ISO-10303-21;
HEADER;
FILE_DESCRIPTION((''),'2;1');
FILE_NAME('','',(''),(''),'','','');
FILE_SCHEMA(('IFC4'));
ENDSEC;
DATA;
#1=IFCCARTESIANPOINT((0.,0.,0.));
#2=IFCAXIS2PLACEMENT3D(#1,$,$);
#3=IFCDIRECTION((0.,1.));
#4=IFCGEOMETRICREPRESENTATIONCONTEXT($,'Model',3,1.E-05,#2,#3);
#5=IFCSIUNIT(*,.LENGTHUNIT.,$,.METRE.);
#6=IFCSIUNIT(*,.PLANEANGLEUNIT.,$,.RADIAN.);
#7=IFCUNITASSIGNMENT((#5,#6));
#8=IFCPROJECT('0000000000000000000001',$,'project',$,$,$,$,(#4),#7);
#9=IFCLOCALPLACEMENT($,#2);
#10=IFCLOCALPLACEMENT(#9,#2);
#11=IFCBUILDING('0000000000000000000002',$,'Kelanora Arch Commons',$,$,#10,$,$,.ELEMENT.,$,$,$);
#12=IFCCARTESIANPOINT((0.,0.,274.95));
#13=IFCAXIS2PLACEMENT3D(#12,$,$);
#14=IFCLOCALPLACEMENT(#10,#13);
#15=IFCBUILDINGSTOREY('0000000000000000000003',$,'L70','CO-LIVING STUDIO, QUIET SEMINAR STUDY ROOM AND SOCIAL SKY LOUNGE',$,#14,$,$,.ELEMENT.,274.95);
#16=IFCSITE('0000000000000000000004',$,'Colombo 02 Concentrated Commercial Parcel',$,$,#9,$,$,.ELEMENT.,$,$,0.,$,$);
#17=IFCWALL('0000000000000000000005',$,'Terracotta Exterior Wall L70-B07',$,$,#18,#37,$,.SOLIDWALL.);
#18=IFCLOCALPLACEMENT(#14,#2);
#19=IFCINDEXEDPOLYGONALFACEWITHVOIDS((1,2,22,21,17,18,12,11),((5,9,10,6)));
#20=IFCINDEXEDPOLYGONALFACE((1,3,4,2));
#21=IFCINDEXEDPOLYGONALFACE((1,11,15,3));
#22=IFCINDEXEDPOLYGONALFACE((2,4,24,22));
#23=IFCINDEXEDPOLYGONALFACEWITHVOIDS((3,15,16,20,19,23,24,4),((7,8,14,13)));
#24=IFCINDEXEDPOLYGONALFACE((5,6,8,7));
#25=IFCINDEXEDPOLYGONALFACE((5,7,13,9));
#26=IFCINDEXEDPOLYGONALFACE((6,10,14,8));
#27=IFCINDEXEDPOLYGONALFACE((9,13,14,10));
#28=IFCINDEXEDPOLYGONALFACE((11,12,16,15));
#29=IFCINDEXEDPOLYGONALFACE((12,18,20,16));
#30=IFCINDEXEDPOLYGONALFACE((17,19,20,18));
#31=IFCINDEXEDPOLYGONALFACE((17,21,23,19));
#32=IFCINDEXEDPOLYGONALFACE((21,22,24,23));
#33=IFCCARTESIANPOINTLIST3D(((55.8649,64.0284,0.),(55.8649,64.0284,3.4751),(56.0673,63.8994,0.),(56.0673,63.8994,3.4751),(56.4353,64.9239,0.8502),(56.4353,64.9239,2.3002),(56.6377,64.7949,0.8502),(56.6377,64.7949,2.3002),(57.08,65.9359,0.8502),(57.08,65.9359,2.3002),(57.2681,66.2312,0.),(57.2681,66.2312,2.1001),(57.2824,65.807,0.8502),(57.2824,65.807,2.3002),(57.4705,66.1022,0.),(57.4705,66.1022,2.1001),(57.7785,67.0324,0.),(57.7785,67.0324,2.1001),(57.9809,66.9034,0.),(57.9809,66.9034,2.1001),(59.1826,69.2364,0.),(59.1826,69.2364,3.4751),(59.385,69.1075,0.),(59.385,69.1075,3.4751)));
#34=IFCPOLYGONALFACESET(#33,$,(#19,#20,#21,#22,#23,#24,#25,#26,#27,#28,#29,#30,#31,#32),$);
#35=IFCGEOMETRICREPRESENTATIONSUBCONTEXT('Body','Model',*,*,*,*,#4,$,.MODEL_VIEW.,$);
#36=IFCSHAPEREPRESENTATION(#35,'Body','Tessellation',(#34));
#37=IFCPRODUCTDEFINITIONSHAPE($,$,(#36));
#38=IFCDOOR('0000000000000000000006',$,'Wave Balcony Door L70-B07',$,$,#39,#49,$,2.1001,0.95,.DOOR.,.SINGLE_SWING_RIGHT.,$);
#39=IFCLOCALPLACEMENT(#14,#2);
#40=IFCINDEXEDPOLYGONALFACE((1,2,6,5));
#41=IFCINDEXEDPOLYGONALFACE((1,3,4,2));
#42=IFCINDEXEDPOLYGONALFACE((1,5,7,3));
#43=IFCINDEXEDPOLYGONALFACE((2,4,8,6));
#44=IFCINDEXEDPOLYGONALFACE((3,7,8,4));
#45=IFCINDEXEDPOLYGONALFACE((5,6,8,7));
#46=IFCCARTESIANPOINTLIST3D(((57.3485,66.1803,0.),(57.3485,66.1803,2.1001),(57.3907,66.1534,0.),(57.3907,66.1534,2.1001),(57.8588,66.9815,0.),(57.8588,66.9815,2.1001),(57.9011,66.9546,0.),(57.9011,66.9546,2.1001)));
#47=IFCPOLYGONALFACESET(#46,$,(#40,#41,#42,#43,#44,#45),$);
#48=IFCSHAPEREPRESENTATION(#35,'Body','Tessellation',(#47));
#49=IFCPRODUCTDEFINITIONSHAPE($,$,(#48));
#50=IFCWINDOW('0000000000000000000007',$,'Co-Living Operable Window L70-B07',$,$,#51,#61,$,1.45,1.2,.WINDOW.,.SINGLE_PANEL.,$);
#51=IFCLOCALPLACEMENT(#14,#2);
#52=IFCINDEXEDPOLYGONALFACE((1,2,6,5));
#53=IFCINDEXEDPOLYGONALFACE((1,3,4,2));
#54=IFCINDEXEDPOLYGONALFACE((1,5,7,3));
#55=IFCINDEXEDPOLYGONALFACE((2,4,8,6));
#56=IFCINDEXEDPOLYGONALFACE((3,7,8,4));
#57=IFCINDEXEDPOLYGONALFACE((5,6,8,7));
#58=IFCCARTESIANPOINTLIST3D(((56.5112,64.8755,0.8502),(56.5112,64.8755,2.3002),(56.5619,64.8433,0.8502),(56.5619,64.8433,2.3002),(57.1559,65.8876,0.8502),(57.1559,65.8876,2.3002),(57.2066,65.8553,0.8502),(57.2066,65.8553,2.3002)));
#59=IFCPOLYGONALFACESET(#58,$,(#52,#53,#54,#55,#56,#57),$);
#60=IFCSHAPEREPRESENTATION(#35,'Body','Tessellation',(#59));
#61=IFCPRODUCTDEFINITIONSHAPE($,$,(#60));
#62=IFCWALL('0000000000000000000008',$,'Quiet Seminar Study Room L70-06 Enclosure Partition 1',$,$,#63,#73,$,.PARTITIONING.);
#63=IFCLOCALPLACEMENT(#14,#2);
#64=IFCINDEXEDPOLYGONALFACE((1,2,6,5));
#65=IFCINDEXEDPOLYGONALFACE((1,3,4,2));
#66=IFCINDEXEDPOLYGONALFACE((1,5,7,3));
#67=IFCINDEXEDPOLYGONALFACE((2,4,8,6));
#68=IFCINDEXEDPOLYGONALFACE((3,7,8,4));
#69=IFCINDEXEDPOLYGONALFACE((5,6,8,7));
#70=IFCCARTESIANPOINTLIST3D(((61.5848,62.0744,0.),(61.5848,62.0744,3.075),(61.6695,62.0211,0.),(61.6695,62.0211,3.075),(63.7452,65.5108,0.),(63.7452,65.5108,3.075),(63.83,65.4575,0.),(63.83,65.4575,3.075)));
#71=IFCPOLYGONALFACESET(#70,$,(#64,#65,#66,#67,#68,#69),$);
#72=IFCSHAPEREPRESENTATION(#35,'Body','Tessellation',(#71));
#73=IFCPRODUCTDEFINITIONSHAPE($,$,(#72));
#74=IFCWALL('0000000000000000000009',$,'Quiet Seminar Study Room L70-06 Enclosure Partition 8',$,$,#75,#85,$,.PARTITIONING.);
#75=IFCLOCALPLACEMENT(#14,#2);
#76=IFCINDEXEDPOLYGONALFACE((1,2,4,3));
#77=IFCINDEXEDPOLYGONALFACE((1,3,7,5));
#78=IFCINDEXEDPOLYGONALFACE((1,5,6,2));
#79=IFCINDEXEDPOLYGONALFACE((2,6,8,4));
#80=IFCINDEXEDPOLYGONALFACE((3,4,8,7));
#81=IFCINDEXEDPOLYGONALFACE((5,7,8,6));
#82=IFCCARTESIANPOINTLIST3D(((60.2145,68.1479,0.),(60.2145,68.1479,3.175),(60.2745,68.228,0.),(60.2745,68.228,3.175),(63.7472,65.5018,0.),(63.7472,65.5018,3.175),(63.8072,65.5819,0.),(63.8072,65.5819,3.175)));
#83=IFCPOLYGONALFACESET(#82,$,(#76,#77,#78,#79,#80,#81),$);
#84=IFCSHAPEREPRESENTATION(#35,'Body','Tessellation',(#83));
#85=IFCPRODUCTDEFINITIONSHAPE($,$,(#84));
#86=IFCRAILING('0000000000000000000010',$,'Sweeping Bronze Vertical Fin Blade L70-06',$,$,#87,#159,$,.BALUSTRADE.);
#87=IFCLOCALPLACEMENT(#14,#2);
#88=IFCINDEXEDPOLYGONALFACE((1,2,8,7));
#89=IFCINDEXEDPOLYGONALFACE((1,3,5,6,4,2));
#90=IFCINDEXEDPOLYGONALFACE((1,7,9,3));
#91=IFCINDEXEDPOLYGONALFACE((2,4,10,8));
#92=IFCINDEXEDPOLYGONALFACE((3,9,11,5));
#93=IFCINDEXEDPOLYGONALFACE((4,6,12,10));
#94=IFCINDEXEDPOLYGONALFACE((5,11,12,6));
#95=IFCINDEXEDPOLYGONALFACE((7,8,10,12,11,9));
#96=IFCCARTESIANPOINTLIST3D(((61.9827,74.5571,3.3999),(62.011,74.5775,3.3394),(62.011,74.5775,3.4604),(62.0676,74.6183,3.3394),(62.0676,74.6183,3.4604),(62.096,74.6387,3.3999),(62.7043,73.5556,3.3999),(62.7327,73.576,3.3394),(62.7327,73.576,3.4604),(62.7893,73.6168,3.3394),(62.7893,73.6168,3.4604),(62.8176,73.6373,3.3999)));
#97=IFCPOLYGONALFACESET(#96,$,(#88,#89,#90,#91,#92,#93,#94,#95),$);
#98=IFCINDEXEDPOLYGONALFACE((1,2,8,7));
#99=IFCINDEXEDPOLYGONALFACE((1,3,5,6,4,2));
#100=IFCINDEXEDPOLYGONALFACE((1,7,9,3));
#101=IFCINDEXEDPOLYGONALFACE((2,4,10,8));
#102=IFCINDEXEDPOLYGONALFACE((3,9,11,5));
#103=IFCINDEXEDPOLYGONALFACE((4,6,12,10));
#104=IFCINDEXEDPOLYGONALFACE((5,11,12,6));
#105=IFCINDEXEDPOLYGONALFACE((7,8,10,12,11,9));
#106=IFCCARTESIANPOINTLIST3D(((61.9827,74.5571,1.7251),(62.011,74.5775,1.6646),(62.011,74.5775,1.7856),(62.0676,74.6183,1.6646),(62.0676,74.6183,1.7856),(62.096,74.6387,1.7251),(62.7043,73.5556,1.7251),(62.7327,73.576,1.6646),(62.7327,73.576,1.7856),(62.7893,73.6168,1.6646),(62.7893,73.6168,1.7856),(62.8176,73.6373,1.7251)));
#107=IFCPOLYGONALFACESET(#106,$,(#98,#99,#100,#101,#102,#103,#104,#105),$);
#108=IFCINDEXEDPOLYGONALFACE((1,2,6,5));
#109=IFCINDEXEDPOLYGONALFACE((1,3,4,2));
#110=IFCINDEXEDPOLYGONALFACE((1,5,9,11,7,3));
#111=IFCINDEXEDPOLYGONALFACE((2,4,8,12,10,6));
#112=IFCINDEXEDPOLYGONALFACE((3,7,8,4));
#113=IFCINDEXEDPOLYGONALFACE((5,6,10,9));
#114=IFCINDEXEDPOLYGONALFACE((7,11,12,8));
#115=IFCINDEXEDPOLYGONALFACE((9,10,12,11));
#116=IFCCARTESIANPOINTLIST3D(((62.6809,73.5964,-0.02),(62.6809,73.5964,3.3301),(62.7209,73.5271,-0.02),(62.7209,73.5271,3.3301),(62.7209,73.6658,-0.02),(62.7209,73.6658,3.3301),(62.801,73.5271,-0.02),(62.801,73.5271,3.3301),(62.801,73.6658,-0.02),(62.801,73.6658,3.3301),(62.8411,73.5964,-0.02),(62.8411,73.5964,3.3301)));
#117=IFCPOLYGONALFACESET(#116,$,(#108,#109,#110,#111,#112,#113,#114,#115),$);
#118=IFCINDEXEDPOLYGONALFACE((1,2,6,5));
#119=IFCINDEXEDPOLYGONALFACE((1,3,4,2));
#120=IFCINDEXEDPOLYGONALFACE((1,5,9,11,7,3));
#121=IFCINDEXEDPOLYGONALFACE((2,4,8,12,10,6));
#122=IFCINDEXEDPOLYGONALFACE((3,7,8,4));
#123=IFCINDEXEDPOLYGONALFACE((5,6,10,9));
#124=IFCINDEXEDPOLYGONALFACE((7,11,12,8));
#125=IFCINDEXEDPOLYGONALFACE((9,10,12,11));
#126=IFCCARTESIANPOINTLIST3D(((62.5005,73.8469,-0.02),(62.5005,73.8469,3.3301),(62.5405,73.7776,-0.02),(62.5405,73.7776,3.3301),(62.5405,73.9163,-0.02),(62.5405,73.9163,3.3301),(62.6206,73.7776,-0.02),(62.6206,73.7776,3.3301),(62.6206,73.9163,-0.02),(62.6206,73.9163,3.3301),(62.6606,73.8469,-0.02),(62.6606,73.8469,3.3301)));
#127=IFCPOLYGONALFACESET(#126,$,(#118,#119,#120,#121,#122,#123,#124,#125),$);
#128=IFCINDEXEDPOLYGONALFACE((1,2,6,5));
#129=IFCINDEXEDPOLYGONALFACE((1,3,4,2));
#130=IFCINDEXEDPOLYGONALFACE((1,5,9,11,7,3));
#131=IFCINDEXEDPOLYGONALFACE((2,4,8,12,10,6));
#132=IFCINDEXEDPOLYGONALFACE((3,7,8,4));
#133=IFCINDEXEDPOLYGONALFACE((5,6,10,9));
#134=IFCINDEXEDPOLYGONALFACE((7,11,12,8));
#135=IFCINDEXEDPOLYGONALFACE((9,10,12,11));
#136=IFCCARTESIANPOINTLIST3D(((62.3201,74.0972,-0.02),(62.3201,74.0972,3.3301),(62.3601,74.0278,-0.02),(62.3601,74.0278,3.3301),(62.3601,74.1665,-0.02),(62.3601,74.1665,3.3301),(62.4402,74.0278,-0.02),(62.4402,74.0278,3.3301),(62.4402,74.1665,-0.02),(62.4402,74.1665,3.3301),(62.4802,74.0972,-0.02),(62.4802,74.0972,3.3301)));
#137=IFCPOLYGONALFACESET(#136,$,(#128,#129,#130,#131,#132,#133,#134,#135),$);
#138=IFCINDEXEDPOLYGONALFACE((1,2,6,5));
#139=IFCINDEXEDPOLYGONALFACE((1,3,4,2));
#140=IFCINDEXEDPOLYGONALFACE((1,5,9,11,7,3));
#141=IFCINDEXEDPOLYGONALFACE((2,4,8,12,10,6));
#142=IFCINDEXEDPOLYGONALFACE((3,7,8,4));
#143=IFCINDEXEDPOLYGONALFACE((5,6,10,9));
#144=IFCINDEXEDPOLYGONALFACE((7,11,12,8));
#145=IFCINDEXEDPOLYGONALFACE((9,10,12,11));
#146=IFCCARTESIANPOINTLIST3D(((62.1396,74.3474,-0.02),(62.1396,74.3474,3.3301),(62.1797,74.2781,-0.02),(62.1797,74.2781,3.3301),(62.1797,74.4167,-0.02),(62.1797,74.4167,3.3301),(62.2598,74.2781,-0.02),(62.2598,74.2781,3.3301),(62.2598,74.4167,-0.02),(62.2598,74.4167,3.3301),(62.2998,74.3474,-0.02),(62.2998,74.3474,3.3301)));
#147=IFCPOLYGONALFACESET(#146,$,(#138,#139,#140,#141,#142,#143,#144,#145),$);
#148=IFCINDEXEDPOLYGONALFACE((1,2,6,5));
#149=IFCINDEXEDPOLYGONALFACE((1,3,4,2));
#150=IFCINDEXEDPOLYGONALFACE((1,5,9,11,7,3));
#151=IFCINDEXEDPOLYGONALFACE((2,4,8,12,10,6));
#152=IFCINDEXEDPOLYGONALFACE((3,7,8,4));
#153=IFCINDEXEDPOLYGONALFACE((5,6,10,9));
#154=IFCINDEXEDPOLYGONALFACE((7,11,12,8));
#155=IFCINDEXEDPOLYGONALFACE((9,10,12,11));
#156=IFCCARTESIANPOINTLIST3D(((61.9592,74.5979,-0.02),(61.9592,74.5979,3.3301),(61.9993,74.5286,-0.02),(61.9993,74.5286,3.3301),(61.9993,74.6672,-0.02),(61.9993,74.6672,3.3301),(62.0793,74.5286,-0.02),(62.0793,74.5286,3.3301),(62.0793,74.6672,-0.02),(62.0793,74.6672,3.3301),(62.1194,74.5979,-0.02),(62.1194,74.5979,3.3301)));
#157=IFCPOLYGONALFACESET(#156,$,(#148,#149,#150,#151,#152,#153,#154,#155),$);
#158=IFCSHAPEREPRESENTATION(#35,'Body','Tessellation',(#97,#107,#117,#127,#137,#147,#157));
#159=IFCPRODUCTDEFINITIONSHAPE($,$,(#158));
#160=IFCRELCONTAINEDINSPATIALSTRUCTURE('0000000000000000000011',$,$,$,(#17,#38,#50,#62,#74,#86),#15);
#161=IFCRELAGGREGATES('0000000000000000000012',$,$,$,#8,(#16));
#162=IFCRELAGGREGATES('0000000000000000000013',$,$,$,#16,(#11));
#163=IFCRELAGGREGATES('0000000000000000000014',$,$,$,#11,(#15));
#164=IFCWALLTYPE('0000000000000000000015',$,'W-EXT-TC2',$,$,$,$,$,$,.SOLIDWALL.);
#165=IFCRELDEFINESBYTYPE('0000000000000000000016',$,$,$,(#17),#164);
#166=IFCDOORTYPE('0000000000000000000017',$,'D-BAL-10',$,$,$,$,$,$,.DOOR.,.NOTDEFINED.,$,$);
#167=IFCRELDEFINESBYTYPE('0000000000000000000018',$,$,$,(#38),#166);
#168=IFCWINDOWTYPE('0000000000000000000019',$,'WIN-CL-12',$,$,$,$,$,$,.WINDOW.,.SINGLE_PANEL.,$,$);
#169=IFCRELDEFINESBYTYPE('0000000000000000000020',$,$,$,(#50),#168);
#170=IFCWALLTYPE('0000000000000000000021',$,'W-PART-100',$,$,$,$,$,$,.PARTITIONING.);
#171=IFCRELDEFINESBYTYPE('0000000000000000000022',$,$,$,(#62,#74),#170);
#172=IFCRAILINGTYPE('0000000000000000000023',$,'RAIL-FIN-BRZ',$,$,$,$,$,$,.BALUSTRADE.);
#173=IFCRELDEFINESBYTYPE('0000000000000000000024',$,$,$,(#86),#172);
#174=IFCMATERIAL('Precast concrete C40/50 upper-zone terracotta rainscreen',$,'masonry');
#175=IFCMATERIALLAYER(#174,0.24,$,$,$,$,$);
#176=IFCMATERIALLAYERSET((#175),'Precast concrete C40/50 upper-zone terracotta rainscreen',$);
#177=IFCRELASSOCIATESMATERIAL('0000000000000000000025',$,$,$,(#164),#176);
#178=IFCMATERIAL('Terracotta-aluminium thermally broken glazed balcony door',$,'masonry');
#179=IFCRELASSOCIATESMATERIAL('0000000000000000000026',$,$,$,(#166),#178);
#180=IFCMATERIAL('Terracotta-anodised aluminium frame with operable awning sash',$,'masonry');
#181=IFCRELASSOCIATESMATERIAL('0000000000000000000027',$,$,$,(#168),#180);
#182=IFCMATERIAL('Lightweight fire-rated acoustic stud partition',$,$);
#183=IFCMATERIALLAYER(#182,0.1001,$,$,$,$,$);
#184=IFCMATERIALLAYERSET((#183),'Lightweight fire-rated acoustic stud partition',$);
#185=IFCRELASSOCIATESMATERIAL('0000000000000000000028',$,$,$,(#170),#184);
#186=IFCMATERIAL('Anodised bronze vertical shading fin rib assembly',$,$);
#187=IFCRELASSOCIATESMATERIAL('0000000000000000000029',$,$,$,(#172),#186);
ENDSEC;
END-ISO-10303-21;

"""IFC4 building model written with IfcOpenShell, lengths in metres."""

from ifc_helpers import new_model, si_unit, direction, frame, frame_2d, origin, place, context, subcontext, project, spatial, polyline, rectangle, outline, extrude, material, layer, layer_set, type_object, element, fill, save


model = new_model("IFC4")

# Units and contexts
model_context = context("Model", 3, precision=1e-05, world=origin(), true_north=direction((0.0, 1.0)))
body_context = subcontext(model_context, "Body", "Model", "MODEL_VIEW")
ifc_project = project(units=[si_unit("LENGTHUNIT", "METRE"), si_unit("PLANEANGLEUNIT", "RADIAN")], contexts=[model_context])

# Site, building, storey
site_placement = place(None, origin())
site = spatial("IfcSite", under=ifc_project, at=site_placement, Name="Colombo 02 Concentrated Commercial Parcel", CompositionType="ELEMENT", RefElevation=0.0)
building_placement = place(site_placement, origin())
building = spatial("IfcBuilding", under=site, at=building_placement, Name="Kelanora Arch Commons", CompositionType="ELEMENT")
storey_placement = place(building_placement, frame((0.0, 0.0, 274.95)))
storey = spatial("IfcBuildingStorey", under=building, at=storey_placement, Name="L70", Description="CO-LIVING STUDIO, QUIET SEMINAR STUDY ROOM AND SOCIAL SKY LOUNGE", CompositionType="ELEMENT", Elevation=274.95)

# Shared definitions
ifc_material_1 = material(Name="Precast concrete C40/50 upper-zone terracotta rainscreen", Category="masonry")
ifc_layer_1 = layer(ifc_material_1, 0.24)
ifc_layer_set_1 = layer_set([ifc_layer_1], Name="Precast concrete C40/50 upper-zone terracotta rainscreen")
wall_type_1 = type_object("IfcWallType", Name="W-EXT-TC2", PredefinedType="SOLIDWALL", material=ifc_layer_set_1)

# Wall, openings, door, window
wall_1_placement = place(storey_placement, frame((59.2837, 69.1719, 0.0), z_axis=(0.0, 0.0, 1.0), x_axis=(-0.537272, -0.843409, 0.0)))
wall_1 = element("IfcWall", 1, at=wall_1_placement, inside=storey, type_object=wall_type_1, Name="Terracotta Exterior Wall L70-B07", PredefinedType="SOLIDWALL", context=body_context, shape_type="SweptSolid", body=[
    extrude(rectangle(XDim=6.175, YDim=0.24, at=frame_2d((3.0874, 0.0))), origin(), (0.0, 0.0, 1.0), 3.4751),
])
opening_1_placement = place(wall_1_placement, frame((2.613, 0.0, 0.0)))
opening_1 = element("IfcOpeningElement", 2, at=opening_1_placement, cuts=wall_1, PredefinedType="OPENING", context=body_context, shape_type="SweptSolid", body=[
    extrude(rectangle(XDim=0.95, YDim=2.1001, at=frame_2d((0.4751, 1.05))), frame((0.0, 0.1299, 0.0), z_axis=(0.0, -1.0, 0.0), x_axis=(1.0, 0.0, 0.0)), (0.0, 0.0, 1.0), 0.26),
])
opening_2_placement = place(wall_1_placement, frame((3.9131, 0.0, 0.8501)))
opening_2 = element("IfcOpeningElement", 3, at=opening_2_placement, cuts=wall_1, PredefinedType="OPENING", context=body_context, shape_type="SweptSolid", body=[
    extrude(rectangle(XDim=1.2, YDim=1.45, at=frame_2d((0.6001, 0.7251))), frame((0.0, 0.1299, 0.0), z_axis=(0.0, -1.0, 0.0), x_axis=(1.0, 0.0, 0.0)), (0.0, 0.0, 1.0), 0.26),
])
ifc_material_2 = material(Name="Terracotta-aluminium thermally broken glazed balcony door", Category="masonry")
door_type = type_object("IfcDoorType", Name="D-BAL-10", OperationType="NOTDEFINED", PredefinedType="DOOR", material=ifc_material_2)
door_placement = place(opening_1_placement, frame((0.95, 0.0, 0.0), z_axis=(0.0, 0.0, 1.0), x_axis=(-1.0, 0.0, 0.0)))
door = element("IfcDoor", 4, at=door_placement, inside=storey, type_object=door_type, Name="Wave Balcony Door L70-B07", OperationType="SINGLE_SWING_RIGHT", OverallHeight=2.1001, OverallWidth=0.95, PredefinedType="DOOR", context=body_context, shape_type="SweptSolid", body=[
    extrude(rectangle(XDim=0.95, YDim=2.1001, at=frame_2d((0.4751, 1.05))), frame((0.0, 0.0249, 0.0), z_axis=(0.0, -1.0, 0.0), x_axis=(1.0, 0.0, 0.0)), (0.0, 0.0, 1.0), 0.05),
])
fill(opening_1, door)
ifc_material_3 = material(Name="Terracotta-anodised aluminium frame with operable awning sash", Category="masonry")
window_type_1 = type_object("IfcWindowType", Name="WIN-CL-12", PartitioningType="SINGLE_PANEL", PredefinedType="WINDOW", material=ifc_material_3)
window_1_placement = place(opening_2_placement, origin())
window_1 = element("IfcWindow", 5, at=window_1_placement, inside=storey, type_object=window_type_1, Name="Co-Living Operable Window L70-B07", OverallHeight=1.45, OverallWidth=1.2, PartitioningType="SINGLE_PANEL", PredefinedType="WINDOW", context=body_context, shape_type="SweptSolid", body=[
    extrude(rectangle(XDim=1.2, YDim=1.45, at=frame_2d((0.6001, 0.7251))), frame((0.0, 0.03, 0.0), z_axis=(0.0, -1.0, 0.0), x_axis=(1.0, 0.0, 0.0)), (0.0, 0.0, 1.0), 0.0601),
])
fill(opening_2, window_1)

# Walls
ifc_material_4 = material(Name="Lightweight fire-rated acoustic stud partition")
ifc_layer_2 = layer(ifc_material_4, 0.1001)
ifc_layer_set_2 = layer_set([ifc_layer_2], Name="Lightweight fire-rated acoustic stud partition")
wall_type_2 = type_object("IfcWallType", Name="W-PART-100", PredefinedType="PARTITIONING", material=ifc_layer_set_2)
wall_2_placement = place(storey_placement, frame((63.7876, 65.4841, 0.0), z_axis=(0.0, 0.0, 1.0), x_axis=(-0.532252, -0.846586, 0.0)))
element("IfcWall", 6, at=wall_2_placement, inside=storey, type_object=wall_type_2, Name="Quiet Seminar Study Room L70-06 Enclosure Partition 1", PredefinedType="PARTITIONING", context=body_context, shape_type="SweptSolid", body=[
    extrude(rectangle(XDim=4.0591, YDim=0.1001, at=frame_2d((2.0295, 0.0))), origin(), (0.0, 0.0, 1.0), 3.075),
])
wall_3_placement = place(storey_placement, frame((60.2444, 68.188, 0.0), z_axis=(0.0, 0.0, 1.0), x_axis=(0.800385, -0.599487, 0.0)))
element("IfcWall", 7, at=wall_3_placement, inside=storey, type_object=wall_type_2, Name="Quiet Seminar Study Room L70-06 Enclosure Partition 8", PredefinedType="PARTITIONING", context=body_context, shape_type="SweptSolid", body=[
    extrude(rectangle(XDim=4.4138, YDim=0.1001, at=frame_2d((2.207, 0.0))), origin(), (0.0, 0.0, 1.0), 3.175),
])

# Railing
ifc_material_5 = material(Name="Anodised bronze vertical shading fin rib assembly")
railing_type = type_object("IfcRailingType", Name="RAIL-FIN-BRZ", PredefinedType="BALUSTRADE", material=ifc_material_5)
railing_1_placement = place(storey_placement, frame((62.761, 73.5964, -0.02)))
element("IfcRailing", 8, at=railing_1_placement, inside=storey, type_object=railing_type, Name="Sweeping Bronze Vertical Fin Blade L70-06", PredefinedType="BALUSTRADE", context=body_context, shape_type="SweptSolid", body=[
    extrude(outline(polyline([(0.0698, 0.0), (0.0349, 0.0605), (-0.0349, 0.0605), (-0.0698, 0.0), (-0.0349, -0.0605), (0.0349, -0.0605), (0.0698, 0.0)])), frame((0.0, 0.0, 3.4199), z_axis=(-0.584638, 0.811294, 0.0), x_axis=(-0.811294, -0.584638, 0.0)), (0.0, 0.0, 1.0), 1.2344),
    extrude(outline(polyline([(0.0698, 0.0), (0.0349, 0.0605), (-0.0349, 0.0605), (-0.0698, 0.0), (-0.0349, -0.0605), (0.0349, -0.0605), (0.0698, 0.0)])), frame((0.0, 0.0, 1.7451), z_axis=(-0.584638, 0.811294, 0.0), x_axis=(-0.811294, -0.584638, 0.0)), (0.0, 0.0, 1.0), 1.2344),
    extrude(outline(polyline([(0.0801, 0.0), (0.04, 0.0693), (-0.04, 0.0693), (-0.0801, 0.0), (-0.04, -0.0693), (0.04, -0.0693), (0.0801, 0.0)])), origin(), (0.0, 0.0, 1.0), 3.3501),
    extrude(outline(polyline([(0.0801, 0.0), (0.04, 0.0693), (-0.04, 0.0693), (-0.0801, 0.0), (-0.04, -0.0693), (0.04, -0.0693), (0.0801, 0.0)])), frame((-0.1804, 0.2505, 0.0)), (0.0, 0.0, 1.0), 3.3501),
    extrude(outline(polyline([(0.0801, 0.0), (0.04, 0.0693), (-0.04, 0.0693), (-0.0801, 0.0), (-0.04, -0.0693), (0.04, -0.0693), (0.0801, 0.0)])), frame((-0.3608, 0.5007, 0.0)), (0.0, 0.0, 1.0), 3.3501),
    extrude(outline(polyline([(0.0801, 0.0), (0.04, 0.0693), (-0.04, 0.0693), (-0.0801, 0.0), (-0.04, -0.0693), (0.04, -0.0693), (0.0801, 0.0)])), frame((-0.5413, 0.751, 0.0)), (0.0, 0.0, 1.0), 3.3501),
    extrude(outline(polyline([(0.0801, 0.0), (0.04, 0.0693), (-0.04, 0.0693), (-0.0801, 0.0), (-0.04, -0.0693), (0.04, -0.0693), (0.0801, 0.0)])), frame((-0.7217, 1.0015, 0.0)), (0.0, 0.0, 1.0), 3.3501),
])

save(model, "model.ifc")
